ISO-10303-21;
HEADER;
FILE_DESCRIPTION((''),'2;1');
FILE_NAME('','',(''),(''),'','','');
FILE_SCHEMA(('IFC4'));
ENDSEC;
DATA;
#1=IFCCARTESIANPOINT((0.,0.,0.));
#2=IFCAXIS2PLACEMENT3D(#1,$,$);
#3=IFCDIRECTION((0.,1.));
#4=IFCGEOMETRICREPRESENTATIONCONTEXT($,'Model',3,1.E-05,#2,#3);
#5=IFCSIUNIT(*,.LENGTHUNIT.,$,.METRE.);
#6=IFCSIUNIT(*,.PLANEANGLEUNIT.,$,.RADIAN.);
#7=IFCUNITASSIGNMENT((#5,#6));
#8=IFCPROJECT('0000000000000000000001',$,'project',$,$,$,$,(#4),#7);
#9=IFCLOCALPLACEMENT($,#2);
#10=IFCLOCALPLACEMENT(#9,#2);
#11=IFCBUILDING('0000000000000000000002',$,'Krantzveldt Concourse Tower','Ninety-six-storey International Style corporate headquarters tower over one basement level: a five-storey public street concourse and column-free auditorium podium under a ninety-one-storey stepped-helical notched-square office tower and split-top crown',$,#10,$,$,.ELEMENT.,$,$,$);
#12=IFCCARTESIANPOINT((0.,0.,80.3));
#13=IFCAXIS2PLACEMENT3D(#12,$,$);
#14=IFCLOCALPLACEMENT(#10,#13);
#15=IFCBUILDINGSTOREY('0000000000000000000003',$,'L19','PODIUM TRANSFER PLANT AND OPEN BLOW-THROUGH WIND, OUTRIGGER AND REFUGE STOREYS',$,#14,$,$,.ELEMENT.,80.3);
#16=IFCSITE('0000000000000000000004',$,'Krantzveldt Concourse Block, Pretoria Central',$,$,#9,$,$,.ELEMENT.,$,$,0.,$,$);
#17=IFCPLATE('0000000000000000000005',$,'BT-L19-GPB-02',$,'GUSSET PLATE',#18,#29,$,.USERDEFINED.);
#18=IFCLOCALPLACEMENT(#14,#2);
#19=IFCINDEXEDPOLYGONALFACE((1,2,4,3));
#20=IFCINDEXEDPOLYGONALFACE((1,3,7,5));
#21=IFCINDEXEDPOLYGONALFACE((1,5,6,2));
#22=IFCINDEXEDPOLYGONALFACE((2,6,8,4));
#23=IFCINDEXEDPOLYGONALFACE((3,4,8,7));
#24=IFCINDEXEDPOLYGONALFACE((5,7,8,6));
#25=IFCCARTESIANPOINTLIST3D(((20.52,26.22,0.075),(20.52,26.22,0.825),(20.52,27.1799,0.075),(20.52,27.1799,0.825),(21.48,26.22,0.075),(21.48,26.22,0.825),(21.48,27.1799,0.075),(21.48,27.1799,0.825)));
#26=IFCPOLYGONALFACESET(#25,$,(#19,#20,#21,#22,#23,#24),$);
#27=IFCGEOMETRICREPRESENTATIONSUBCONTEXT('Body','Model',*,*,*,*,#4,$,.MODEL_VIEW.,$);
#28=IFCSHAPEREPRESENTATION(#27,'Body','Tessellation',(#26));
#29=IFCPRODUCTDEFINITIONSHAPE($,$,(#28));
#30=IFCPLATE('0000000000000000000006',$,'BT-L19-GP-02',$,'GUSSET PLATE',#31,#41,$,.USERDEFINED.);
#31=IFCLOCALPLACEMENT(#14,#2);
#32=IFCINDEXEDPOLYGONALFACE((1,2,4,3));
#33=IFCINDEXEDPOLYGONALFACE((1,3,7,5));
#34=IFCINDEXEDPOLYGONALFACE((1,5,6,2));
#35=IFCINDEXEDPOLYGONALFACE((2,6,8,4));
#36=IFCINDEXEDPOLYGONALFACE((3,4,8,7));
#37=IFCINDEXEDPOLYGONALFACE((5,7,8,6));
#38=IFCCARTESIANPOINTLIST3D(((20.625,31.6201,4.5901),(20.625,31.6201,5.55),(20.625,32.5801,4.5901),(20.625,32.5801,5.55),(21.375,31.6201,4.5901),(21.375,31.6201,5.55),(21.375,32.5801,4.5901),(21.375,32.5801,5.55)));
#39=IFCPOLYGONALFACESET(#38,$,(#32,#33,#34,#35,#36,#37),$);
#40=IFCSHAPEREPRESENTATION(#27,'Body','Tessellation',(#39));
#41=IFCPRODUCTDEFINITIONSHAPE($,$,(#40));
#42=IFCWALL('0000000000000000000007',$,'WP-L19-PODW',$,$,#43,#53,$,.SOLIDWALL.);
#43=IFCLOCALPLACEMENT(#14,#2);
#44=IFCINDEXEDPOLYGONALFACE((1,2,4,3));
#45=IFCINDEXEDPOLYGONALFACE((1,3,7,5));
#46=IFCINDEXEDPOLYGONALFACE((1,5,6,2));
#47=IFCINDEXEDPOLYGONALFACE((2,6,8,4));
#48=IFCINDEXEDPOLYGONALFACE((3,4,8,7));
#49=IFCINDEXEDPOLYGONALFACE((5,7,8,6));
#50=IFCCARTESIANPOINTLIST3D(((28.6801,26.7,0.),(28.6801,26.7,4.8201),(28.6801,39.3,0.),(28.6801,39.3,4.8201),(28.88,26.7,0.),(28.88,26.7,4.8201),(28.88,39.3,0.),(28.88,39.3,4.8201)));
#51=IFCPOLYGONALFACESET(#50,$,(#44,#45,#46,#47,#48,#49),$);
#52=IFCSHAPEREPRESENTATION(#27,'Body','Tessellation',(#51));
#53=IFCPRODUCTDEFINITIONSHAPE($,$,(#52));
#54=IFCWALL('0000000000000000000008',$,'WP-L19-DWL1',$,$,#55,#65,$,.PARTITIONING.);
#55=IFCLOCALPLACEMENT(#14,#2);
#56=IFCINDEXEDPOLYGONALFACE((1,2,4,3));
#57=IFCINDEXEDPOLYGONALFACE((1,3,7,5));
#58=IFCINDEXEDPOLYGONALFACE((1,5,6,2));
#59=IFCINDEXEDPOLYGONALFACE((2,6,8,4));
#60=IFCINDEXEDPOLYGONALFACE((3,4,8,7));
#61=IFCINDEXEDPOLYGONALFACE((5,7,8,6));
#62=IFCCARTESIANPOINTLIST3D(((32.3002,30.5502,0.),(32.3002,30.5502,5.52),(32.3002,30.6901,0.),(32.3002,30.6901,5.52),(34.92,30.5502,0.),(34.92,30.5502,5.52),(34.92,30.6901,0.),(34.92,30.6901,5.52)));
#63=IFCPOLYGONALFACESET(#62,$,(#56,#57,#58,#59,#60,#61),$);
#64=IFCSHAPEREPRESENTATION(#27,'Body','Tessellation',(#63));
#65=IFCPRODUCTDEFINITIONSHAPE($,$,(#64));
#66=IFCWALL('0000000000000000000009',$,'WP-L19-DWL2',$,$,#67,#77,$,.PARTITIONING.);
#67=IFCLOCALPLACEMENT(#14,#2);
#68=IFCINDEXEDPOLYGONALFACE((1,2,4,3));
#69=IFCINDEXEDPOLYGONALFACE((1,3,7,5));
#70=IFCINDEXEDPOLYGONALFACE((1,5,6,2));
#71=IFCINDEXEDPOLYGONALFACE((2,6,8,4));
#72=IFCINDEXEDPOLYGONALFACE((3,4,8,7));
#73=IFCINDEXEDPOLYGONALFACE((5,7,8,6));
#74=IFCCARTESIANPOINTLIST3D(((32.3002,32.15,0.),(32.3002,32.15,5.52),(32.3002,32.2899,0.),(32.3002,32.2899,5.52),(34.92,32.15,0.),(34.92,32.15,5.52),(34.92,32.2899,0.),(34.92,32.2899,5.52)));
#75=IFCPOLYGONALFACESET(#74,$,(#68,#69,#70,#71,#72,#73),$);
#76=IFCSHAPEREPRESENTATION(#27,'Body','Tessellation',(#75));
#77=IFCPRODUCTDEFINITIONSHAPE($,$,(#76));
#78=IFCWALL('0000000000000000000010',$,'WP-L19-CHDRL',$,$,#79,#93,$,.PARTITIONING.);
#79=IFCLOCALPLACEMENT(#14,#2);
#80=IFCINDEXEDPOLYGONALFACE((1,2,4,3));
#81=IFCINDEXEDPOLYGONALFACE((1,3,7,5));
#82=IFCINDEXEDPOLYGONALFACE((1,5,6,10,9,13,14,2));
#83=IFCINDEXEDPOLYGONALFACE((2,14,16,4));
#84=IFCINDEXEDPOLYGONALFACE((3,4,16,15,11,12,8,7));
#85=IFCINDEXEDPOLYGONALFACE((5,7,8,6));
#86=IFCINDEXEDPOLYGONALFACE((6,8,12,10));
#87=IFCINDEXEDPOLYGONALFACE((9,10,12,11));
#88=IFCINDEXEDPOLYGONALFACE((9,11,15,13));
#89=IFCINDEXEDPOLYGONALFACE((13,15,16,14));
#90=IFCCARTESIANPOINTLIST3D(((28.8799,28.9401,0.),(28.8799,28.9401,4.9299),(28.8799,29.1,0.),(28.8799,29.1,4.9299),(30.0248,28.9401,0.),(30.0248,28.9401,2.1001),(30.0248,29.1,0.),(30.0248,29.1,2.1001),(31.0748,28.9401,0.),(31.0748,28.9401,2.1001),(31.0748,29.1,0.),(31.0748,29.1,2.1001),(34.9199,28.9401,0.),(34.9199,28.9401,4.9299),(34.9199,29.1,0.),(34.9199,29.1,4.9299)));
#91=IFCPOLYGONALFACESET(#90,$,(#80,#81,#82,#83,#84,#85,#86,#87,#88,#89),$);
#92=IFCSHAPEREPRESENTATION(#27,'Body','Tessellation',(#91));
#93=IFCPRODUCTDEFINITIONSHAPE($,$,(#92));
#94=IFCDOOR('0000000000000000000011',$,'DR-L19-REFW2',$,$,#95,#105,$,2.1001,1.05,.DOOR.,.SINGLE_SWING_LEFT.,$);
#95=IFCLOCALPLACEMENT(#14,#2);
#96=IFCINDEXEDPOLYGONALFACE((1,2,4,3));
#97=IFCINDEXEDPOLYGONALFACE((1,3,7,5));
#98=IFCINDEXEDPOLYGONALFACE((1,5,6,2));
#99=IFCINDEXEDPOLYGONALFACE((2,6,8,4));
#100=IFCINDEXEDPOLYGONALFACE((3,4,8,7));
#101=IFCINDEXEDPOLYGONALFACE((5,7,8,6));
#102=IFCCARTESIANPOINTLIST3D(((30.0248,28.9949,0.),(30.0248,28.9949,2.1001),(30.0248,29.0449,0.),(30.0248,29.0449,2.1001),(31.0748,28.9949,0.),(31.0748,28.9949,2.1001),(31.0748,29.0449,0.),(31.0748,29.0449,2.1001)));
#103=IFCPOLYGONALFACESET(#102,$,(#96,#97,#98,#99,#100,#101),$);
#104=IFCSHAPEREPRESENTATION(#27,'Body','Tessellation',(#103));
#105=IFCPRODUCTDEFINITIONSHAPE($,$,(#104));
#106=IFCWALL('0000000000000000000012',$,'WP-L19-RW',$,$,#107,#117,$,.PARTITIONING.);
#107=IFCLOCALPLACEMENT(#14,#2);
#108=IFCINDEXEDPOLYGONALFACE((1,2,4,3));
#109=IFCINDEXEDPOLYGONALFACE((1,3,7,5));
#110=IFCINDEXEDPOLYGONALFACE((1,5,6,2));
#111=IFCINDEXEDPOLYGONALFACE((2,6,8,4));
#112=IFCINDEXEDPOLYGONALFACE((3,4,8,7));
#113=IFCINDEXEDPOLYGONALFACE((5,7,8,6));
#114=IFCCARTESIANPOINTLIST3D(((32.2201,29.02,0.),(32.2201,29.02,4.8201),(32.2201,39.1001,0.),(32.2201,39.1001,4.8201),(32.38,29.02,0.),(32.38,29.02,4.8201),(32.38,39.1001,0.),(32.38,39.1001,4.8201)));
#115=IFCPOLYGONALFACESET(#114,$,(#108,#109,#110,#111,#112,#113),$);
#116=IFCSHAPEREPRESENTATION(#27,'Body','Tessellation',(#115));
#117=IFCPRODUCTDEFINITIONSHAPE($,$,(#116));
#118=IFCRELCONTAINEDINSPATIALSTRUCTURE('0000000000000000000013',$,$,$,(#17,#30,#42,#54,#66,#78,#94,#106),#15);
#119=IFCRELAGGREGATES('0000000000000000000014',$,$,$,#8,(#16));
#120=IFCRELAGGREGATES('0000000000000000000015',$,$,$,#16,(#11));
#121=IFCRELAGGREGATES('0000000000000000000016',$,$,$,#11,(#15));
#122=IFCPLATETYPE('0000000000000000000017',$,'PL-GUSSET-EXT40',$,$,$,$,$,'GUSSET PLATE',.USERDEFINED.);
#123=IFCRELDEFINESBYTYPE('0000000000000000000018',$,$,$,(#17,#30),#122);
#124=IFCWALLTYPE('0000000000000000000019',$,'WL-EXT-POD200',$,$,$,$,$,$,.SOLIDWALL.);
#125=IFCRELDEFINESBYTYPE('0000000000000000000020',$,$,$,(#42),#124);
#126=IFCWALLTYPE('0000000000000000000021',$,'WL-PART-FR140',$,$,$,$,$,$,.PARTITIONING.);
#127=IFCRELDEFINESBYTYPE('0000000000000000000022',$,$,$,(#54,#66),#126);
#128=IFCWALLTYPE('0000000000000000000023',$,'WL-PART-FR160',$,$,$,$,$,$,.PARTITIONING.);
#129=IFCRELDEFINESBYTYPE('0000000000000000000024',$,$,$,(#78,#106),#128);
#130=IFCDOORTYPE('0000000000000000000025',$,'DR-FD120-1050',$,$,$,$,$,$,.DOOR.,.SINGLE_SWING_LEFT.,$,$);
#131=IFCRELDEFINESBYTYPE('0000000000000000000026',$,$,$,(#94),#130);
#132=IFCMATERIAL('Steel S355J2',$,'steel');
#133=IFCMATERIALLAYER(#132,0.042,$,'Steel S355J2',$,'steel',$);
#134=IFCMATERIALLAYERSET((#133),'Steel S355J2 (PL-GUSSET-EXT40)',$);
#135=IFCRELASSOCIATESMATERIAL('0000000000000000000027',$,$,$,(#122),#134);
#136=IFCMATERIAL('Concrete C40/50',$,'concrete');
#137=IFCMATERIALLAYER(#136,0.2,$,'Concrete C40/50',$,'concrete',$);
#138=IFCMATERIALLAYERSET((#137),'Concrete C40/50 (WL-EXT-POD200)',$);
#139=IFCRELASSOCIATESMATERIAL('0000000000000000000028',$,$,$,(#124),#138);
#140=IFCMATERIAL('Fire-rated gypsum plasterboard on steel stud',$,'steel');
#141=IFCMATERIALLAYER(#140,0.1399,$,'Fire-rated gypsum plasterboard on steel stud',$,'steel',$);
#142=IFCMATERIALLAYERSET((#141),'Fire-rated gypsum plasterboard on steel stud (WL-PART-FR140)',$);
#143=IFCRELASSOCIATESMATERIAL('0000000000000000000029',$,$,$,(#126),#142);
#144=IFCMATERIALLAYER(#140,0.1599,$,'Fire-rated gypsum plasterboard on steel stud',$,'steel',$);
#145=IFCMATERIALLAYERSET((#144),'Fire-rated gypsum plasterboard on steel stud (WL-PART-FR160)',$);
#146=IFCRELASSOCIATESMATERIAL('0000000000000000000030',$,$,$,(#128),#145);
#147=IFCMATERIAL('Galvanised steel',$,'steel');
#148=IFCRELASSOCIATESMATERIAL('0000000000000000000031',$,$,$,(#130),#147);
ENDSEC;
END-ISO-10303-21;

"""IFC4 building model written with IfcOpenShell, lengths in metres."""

from ifc_helpers import new_model, si_unit, direction, frame, frame_2d, origin, origin_2d, place, context, subcontext, project, spatial, rectangle, extrude, source, transform, mapped, material, layer, layer_set, type_object, type_shapes, element, fill, save


model = new_model("IFC4")

# Units and contexts
model_context = context("Model", 3, precision=1e-05, world=origin(), true_north=direction((0.0, 1.0)))
body_context = subcontext(model_context, "Body", "Model", "MODEL_VIEW")
ifc_project = project(units=[si_unit("LENGTHUNIT", "METRE"), si_unit("PLANEANGLEUNIT", "RADIAN")], contexts=[model_context])

# Site, building, storey
site_placement = place(None, origin())
site = spatial("IfcSite", under=ifc_project, at=site_placement, Name="Krantzveldt Concourse Block, Pretoria Central", CompositionType="ELEMENT", RefElevation=0.0)
building_placement = place(site_placement, origin())
building = spatial("IfcBuilding", under=site, at=building_placement, Name="Krantzveldt Concourse Tower", Description="Ninety-six-storey International Style corporate headquarters tower over one basement level: a five-storey public street concourse and column-free auditorium podium under a ninety-one-storey stepped-helical notched-square office tower and split-top crown", CompositionType="ELEMENT")
storey_placement = place(building_placement, frame((0.0, 0.0, 80.3)))
storey = spatial("IfcBuildingStorey", under=building, at=storey_placement, Name="L19", Description="PODIUM TRANSFER PLANT AND OPEN BLOW-THROUGH WIND, OUTRIGGER AND REFUGE STOREYS", CompositionType="ELEMENT", Elevation=80.3)

# Shared definitions
ifc_material_1 = material(Name="Steel S355J2", Category="steel")

# Plates
ifc_layer_1 = layer(ifc_material_1, 0.042, Name="Steel S355J2", Category="steel")
ifc_layer_set_1 = layer_set([ifc_layer_1], Name="Steel S355J2 (PL-GUSSET-EXT40)")
plate_type_1 = type_object("IfcPlateType", Name="PL-GUSSET-EXT40", ElementType="GUSSET PLATE", PredefinedType="USERDEFINED", material=ifc_layer_set_1)
shared_shape_1 = source(origin(), body_context, "Body", "SweptSolid", [
    extrude(rectangle(XDim=0.96, YDim=0.96, at=origin_2d()), origin(), (0.0, 0.0, 1.0), 0.75),
])
plate_1_placement = place(storey_placement, frame((21.0, 26.7, 0.075), z_axis=(0.0, 0.0, 1.0), x_axis=(1.0, 0.0, 0.0)))
element("IfcPlate", 1, at=plate_1_placement, inside=storey, type_object=plate_type_1, Name="BT-L19-GPB-02", ObjectType="GUSSET PLATE", PredefinedType="USERDEFINED", context=body_context, shape_type="MappedRepresentation", body=[
    mapped(shared_shape_1, transform((0.0, 0.0, 0.0), x_axis=(1.0, 0.0, 0.0), y_axis=(0.0, 1.0, 0.0), z_axis=(0.0, 0.0, 1.0), scale=1.0)),
])
shared_shape_2 = source(origin(), body_context, "Body", "SweptSolid", [
    extrude(rectangle(XDim=0.96, YDim=0.75, at=origin_2d()), origin(), (0.0, 0.0, 1.0), 0.96),
])
type_shapes(plate_type_1, [shared_shape_1, shared_shape_2])
plate_2_placement = place(storey_placement, frame((21.0, 32.1001, 4.5901), z_axis=(0.0, 0.0, 1.0), x_axis=(0.0, 1.0, 0.0)))
element("IfcPlate", 2, at=plate_2_placement, inside=storey, type_object=plate_type_1, Name="BT-L19-GP-02", ObjectType="GUSSET PLATE", PredefinedType="USERDEFINED", context=body_context, shape_type="MappedRepresentation", body=[
    mapped(shared_shape_2, transform((0.0, 0.0, 0.0), x_axis=(1.0, 0.0, 0.0), y_axis=(0.0, 1.0, 0.0), z_axis=(0.0, 0.0, 1.0), scale=1.0)),
])

# Walls
ifc_material_2 = material(Name="Concrete C40/50", Category="concrete")
ifc_layer_2 = layer(ifc_material_2, 0.2, Name="Concrete C40/50", Category="concrete")
ifc_layer_set_2 = layer_set([ifc_layer_2], Name="Concrete C40/50 (WL-EXT-POD200)")
wall_type_1 = type_object("IfcWallType", Name="WL-EXT-POD200", PredefinedType="SOLIDWALL", material=ifc_layer_set_2)
wall_1_placement = place(storey_placement, frame((28.78, 26.7, 0.0), z_axis=(0.0, 0.0, 1.0), x_axis=(0.0, 1.0, 0.0)))
element("IfcWall", 3, at=wall_1_placement, inside=storey, type_object=wall_type_1, Name="WP-L19-PODW", PredefinedType="SOLIDWALL", context=body_context, shape_type="SweptSolid", body=[
    extrude(rectangle(XDim=12.6001, YDim=0.2, at=frame_2d((6.3, 0.0))), origin(), (0.0, 0.0, 1.0), 4.8201),
])
ifc_material_3 = material(Name="Fire-rated gypsum plasterboard on steel stud", Category="steel")
ifc_layer_3 = layer(ifc_material_3, 0.1399, Name="Fire-rated gypsum plasterboard on steel stud", Category="steel")
ifc_layer_set_3 = layer_set([ifc_layer_3], Name="Fire-rated gypsum plasterboard on steel stud (WL-PART-FR140)")
wall_type_2 = type_object("IfcWallType", Name="WL-PART-FR140", PredefinedType="PARTITIONING", material=ifc_layer_set_3)
for number, where, z_axis, x_axis, name in (
    (4, (32.3, 30.6201, 0.0), (0.0, 0.0, 1.0), (1.0, 0.0, 0.0), "WP-L19-DWL1"),
    (5, (32.3, 32.22, 0.0), (0.0, 0.0, 1.0), (1.0, 0.0, 0.0), "WP-L19-DWL2"),
):
    element("IfcWall", number, at=place(storey_placement, frame(where, z_axis=z_axis, x_axis=x_axis)), inside=storey, type_object=wall_type_2, Name=name, PredefinedType="PARTITIONING", context=body_context, shape_type="SweptSolid", body=[
        extrude(rectangle(XDim=2.6199, YDim=0.1399, at=frame_2d((1.3101, 0.0))), origin(), (0.0, 0.0, 1.0), 5.52),
    ])

# Wall, opening, door
ifc_layer_4 = layer(ifc_material_3, 0.1599, Name="Fire-rated gypsum plasterboard on steel stud", Category="steel")
ifc_layer_set_4 = layer_set([ifc_layer_4], Name="Fire-rated gypsum plasterboard on steel stud (WL-PART-FR160)")
wall_type_3 = type_object("IfcWallType", Name="WL-PART-FR160", PredefinedType="PARTITIONING", material=ifc_layer_set_4)
wall_2_placement = place(storey_placement, frame((28.8799, 29.02, 0.0), z_axis=(0.0, 0.0, 1.0), x_axis=(1.0, 0.0, 0.0)))
wall_2 = element("IfcWall", 6, at=wall_2_placement, inside=storey, type_object=wall_type_3, Name="WP-L19-CHDRL", PredefinedType="PARTITIONING", context=body_context, shape_type="SweptSolid", body=[
    extrude(rectangle(XDim=6.04, YDim=0.1599, at=frame_2d((3.02, 0.0))), origin(), (0.0, 0.0, 1.0), 4.9299),
])
opening_placement = place(wall_2_placement, frame((1.145, 0.0, 0.0)))
opening = element("IfcOpeningElement", 7, at=opening_placement, cuts=wall_2, PredefinedType="OPENING", context=body_context, shape_type="SweptSolid", body=[
    extrude(rectangle(XDim=1.05, YDim=2.1001, at=frame_2d((0.5249, 1.05))), frame((0.0, 0.0898, 0.0), z_axis=(0.0, -1.0, 0.0), x_axis=(1.0, 0.0, 0.0)), (0.0, 0.0, 1.0), 0.1799),
])
ifc_material_4 = material(Name="Galvanised steel", Category="steel")
door_type = type_object("IfcDoorType", Name="DR-FD120-1050", OperationType="SINGLE_SWING_LEFT", PredefinedType="DOOR", material=ifc_material_4)
door_placement = place(opening_placement, origin())
door = element("IfcDoor", 8, at=door_placement, inside=storey, type_object=door_type, Name="DR-L19-REFW2", OperationType="SINGLE_SWING_LEFT", OverallHeight=2.1001, OverallWidth=1.05, PredefinedType="DOOR", context=body_context, shape_type="SweptSolid", body=[
    extrude(rectangle(XDim=1.05, YDim=2.1001, at=frame_2d((0.5249, 1.05))), frame((0.0, 0.0249, 0.0), z_axis=(0.0, -1.0, 0.0), x_axis=(1.0, 0.0, 0.0)), (0.0, 0.0, 1.0), 0.05),
])
fill(opening, door)

# Wall
wall_3_placement = place(storey_placement, frame((32.3, 29.02, 0.0), z_axis=(0.0, 0.0, 1.0), x_axis=(0.0, 1.0, 0.0)))
element("IfcWall", 9, at=wall_3_placement, inside=storey, type_object=wall_type_3, Name="WP-L19-RW", PredefinedType="PARTITIONING", context=body_context, shape_type="SweptSolid", body=[
    extrude(rectangle(XDim=10.0801, YDim=0.1599, at=frame_2d((5.04, 0.0))), origin(), (0.0, 0.0, 1.0), 4.8201),
])

save(model, "model.ifc")
